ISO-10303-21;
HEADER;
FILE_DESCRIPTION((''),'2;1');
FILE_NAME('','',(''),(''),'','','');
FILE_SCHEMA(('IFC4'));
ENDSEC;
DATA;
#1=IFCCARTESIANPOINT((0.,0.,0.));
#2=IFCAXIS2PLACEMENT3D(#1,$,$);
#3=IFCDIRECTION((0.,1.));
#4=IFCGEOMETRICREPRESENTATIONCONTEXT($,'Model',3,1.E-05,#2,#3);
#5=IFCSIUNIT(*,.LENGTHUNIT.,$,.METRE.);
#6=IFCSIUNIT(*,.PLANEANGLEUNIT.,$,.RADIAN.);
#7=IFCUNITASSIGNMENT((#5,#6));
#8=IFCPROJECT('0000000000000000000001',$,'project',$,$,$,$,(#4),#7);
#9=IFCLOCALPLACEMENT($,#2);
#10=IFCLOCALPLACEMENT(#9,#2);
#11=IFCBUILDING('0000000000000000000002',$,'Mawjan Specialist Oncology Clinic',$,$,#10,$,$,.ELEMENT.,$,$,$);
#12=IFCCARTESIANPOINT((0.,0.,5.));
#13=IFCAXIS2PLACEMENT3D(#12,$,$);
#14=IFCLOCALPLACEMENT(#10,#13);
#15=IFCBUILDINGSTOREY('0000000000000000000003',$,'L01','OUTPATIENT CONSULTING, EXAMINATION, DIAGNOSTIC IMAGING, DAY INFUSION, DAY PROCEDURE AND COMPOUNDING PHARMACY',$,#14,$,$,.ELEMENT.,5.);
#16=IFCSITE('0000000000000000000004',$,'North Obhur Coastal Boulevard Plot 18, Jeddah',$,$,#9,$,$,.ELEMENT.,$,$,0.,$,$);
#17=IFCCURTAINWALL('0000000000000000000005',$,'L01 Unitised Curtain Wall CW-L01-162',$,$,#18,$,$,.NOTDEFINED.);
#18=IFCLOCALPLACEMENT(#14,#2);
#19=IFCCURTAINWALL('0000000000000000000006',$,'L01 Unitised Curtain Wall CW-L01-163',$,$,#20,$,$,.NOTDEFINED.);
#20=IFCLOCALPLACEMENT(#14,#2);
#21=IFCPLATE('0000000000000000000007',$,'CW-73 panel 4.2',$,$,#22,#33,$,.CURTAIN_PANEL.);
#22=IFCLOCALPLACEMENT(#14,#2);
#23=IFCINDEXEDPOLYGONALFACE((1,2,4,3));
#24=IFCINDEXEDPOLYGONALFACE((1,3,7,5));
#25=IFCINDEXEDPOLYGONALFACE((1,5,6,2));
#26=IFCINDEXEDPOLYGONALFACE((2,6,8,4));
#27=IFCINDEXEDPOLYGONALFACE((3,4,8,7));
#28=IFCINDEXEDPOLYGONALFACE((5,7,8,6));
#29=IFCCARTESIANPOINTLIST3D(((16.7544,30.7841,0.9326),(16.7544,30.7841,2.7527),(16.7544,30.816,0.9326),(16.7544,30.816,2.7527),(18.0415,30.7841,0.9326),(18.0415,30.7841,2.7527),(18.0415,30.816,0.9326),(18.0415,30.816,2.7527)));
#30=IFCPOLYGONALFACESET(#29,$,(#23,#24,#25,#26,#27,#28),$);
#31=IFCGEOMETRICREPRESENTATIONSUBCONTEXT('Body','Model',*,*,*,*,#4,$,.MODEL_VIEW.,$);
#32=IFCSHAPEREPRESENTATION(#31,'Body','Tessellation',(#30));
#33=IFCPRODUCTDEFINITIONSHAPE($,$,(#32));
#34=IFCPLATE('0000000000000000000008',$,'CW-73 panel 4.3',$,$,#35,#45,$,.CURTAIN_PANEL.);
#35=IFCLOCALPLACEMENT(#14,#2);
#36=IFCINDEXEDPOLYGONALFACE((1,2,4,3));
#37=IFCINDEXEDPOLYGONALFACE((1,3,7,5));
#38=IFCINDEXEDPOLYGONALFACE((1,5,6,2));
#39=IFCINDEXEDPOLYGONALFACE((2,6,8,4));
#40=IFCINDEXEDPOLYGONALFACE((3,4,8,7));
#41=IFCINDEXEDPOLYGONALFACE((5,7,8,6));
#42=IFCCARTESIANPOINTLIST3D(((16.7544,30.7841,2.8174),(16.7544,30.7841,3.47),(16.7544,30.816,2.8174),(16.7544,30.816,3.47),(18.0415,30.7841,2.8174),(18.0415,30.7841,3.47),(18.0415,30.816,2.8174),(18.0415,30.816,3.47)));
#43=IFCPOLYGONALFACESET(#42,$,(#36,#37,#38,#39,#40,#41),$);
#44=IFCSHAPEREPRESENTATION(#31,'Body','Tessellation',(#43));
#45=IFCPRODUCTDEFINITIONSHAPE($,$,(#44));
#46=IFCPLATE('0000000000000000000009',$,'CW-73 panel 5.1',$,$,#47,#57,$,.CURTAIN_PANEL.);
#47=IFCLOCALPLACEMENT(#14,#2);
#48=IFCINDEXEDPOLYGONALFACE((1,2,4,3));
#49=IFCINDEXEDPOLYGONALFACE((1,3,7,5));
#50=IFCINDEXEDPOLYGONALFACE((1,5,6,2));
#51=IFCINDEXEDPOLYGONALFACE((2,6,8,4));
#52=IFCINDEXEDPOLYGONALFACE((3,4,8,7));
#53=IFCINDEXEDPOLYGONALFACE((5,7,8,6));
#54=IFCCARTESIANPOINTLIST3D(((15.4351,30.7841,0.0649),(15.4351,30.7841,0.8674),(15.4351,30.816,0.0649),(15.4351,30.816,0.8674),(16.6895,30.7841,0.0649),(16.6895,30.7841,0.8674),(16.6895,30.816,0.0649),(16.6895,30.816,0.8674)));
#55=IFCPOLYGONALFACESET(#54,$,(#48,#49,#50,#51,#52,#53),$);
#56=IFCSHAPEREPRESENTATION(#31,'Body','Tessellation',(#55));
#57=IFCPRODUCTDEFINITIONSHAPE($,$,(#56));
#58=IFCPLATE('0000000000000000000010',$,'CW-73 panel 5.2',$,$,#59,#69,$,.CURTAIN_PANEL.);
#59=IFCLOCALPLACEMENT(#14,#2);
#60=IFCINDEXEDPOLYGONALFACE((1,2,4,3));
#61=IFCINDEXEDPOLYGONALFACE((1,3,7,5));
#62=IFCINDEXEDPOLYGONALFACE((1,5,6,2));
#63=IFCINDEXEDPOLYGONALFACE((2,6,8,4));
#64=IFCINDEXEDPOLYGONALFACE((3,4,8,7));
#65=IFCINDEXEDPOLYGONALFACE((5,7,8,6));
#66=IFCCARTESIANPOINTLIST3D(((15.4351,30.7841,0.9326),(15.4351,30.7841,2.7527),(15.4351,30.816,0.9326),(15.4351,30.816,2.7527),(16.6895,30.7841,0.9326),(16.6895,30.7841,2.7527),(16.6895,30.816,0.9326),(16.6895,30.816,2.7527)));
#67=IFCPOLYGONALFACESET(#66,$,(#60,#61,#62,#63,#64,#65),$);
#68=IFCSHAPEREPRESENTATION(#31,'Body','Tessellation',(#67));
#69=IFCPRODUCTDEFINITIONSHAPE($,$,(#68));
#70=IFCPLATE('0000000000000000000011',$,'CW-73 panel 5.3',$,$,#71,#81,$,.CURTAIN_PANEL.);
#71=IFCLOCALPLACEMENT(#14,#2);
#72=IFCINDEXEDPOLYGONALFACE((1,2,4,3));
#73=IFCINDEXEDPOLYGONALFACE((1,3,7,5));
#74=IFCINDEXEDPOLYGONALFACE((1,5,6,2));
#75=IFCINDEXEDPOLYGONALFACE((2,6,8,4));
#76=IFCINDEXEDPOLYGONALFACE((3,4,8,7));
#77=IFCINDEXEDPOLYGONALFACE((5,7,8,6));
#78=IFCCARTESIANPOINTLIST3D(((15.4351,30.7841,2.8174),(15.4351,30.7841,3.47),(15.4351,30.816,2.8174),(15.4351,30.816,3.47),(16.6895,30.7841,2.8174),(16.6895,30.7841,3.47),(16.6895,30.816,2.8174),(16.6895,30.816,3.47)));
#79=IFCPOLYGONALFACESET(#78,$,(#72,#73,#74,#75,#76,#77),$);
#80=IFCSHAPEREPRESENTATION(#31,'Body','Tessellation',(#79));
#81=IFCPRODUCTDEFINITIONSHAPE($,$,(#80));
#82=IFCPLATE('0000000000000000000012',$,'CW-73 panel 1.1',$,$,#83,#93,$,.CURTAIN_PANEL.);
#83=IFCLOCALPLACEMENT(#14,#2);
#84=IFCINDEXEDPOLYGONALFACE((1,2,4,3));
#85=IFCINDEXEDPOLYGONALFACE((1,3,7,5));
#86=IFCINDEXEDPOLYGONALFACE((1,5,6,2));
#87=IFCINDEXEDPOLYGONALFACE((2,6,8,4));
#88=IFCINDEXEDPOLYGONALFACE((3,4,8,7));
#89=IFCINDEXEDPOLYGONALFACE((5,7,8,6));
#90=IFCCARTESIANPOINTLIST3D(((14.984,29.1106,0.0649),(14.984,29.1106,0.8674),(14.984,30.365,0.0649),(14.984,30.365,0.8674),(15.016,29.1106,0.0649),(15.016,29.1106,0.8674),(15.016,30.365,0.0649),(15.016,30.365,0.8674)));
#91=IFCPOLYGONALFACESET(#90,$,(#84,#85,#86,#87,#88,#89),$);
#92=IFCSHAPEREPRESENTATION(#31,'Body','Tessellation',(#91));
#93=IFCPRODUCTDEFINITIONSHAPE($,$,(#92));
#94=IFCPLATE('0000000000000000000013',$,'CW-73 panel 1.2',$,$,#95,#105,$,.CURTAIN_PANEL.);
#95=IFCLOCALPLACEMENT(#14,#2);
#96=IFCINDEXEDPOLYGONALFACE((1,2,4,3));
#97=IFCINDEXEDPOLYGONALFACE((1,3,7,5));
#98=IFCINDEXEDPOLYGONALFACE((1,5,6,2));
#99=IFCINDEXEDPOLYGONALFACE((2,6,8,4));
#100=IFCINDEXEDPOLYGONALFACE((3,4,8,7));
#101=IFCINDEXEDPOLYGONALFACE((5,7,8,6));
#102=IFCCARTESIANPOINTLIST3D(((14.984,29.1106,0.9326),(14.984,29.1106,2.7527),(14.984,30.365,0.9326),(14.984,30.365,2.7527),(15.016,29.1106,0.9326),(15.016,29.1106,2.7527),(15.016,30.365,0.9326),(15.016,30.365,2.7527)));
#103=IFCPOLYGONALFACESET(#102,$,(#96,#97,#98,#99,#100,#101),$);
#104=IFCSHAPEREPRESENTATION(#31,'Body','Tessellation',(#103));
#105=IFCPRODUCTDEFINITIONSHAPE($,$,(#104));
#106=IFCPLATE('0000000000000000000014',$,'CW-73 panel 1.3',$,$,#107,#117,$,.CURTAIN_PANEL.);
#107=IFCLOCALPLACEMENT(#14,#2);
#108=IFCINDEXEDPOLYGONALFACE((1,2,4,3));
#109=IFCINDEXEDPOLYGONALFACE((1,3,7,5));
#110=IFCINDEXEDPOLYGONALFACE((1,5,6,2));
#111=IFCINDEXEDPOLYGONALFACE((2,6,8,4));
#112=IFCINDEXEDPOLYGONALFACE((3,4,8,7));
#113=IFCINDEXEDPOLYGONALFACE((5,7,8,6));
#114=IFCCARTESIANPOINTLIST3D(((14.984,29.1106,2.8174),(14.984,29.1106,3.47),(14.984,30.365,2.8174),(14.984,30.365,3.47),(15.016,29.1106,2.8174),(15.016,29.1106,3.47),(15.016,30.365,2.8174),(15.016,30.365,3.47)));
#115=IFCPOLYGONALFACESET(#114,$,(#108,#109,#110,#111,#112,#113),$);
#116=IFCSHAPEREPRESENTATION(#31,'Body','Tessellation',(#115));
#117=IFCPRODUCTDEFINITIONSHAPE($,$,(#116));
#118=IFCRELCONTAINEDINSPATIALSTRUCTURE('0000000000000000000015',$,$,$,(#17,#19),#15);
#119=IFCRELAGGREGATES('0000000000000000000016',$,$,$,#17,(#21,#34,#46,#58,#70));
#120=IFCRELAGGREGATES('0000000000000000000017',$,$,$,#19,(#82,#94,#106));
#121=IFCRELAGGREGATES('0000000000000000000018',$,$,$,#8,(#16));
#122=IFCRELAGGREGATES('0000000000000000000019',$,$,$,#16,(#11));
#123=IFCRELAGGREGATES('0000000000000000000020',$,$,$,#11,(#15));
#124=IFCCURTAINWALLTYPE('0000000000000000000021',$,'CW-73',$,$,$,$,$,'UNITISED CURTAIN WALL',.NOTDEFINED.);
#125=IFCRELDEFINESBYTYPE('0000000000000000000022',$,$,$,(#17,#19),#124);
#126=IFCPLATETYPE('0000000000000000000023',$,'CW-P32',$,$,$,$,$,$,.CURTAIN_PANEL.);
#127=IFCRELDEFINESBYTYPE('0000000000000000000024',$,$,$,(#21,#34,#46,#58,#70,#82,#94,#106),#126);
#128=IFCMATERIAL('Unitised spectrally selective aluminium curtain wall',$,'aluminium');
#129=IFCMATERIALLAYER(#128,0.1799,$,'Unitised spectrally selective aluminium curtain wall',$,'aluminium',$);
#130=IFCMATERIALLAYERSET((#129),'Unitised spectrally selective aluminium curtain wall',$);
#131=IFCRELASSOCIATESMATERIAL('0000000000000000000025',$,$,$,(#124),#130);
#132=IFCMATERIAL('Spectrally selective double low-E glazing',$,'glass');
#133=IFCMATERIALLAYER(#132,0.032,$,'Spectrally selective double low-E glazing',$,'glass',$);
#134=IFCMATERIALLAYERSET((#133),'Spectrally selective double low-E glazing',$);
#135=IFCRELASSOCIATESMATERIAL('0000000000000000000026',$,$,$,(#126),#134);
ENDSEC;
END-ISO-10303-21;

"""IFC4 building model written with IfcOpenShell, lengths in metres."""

from ifc_helpers import new_model, si_unit, direction, frame, origin, origin_2d, place, context, subcontext, project, spatial, rectangle, extrude, material, layer, layer_set, type_object, element, aggregate, save


model = new_model("IFC4")

# Units and contexts
model_context = context("Model", 3, precision=1e-05, world=origin(), true_north=direction((0.0, 1.0)))
body_context = subcontext(model_context, "Body", "Model", "MODEL_VIEW")
ifc_project = project(units=[si_unit("LENGTHUNIT", "METRE"), si_unit("PLANEANGLEUNIT", "RADIAN")], contexts=[model_context])

# Site, building, storey
site_placement = place(None, origin())
site = spatial("IfcSite", under=ifc_project, at=site_placement, Name="North Obhur Coastal Boulevard Plot 18, Jeddah", CompositionType="ELEMENT", RefElevation=0.0)
building_placement = place(site_placement, origin())
building = spatial("IfcBuilding", under=site, at=building_placement, Name="Mawjan Specialist Oncology Clinic", CompositionType="ELEMENT")
storey_placement = place(building_placement, frame((0.0, 0.0, 5.0)))
storey = spatial("IfcBuildingStorey", under=building, at=storey_placement, Name="L01", Description="OUTPATIENT CONSULTING, EXAMINATION, DIAGNOSTIC IMAGING, DAY INFUSION, DAY PROCEDURE AND COMPOUNDING PHARMACY", CompositionType="ELEMENT", Elevation=5.0)

# Curtain wall
ifc_material_1 = material(Name="Unitised spectrally selective aluminium curtain wall", Category="aluminium")
ifc_layer_1 = layer(ifc_material_1, 0.1799, Name="Unitised spectrally selective aluminium curtain wall", Category="aluminium")
ifc_layer_set_1 = layer_set([ifc_layer_1], Name="Unitised spectrally selective aluminium curtain wall")
curtain_wall_type = type_object("IfcCurtainWallType", Name="CW-73", ElementType="UNITISED CURTAIN WALL", PredefinedType="NOTDEFINED", material=ifc_layer_set_1)
curtain_wall_1_placement = place(storey_placement, origin())
curtain_wall_1 = element("IfcCurtainWall", 1, at=curtain_wall_1_placement, inside=storey, type_object=curtain_wall_type, Name="L01 Unitised Curtain Wall CW-L01-162", PredefinedType="NOTDEFINED")

# Curtain wall
curtain_wall_2_placement = place(storey_placement, origin())
curtain_wall_2 = element("IfcCurtainWall", 2, at=curtain_wall_2_placement, inside=storey, type_object=curtain_wall_type, Name="L01 Unitised Curtain Wall CW-L01-163", PredefinedType="NOTDEFINED")

# Plates
ifc_material_2 = material(Name="Spectrally selective double low-E glazing", Category="glass")
ifc_layer_2 = layer(ifc_material_2, 0.032, Name="Spectrally selective double low-E glazing", Category="glass")
ifc_layer_set_2 = layer_set([ifc_layer_2], Name="Spectrally selective double low-E glazing")
plate_type = type_object("IfcPlateType", Name="CW-P32", PredefinedType="CURTAIN_PANEL", material=ifc_layer_set_2)
plate_1_placement = place(storey_placement, frame((17.3979, 30.8, 0.9326), z_axis=(0.0, 0.0, 1.0), x_axis=(-1.0, 0.0, 0.0)))
plate_1 = element("IfcPlate", 3, at=plate_1_placement, type_object=plate_type, Name="CW-73 panel 4.2", PredefinedType="CURTAIN_PANEL", context=body_context, shape_type="SweptSolid", body=[
    extrude(rectangle(XDim=1.2871, YDim=0.032, at=origin_2d()), origin(), (0.0, 0.0, 1.0), 1.8201),
])
plate_2_placement = place(storey_placement, frame((17.3979, 30.8, 2.8174), z_axis=(0.0, 0.0, 1.0), x_axis=(-1.0, 0.0, 0.0)))
plate_2 = element("IfcPlate", 4, at=plate_2_placement, type_object=plate_type, Name="CW-73 panel 4.3", PredefinedType="CURTAIN_PANEL", context=body_context, shape_type="SweptSolid", body=[
    extrude(rectangle(XDim=1.2871, YDim=0.032, at=origin_2d()), origin(), (0.0, 0.0, 1.0), 0.6526),
])
plate_3_placement = place(storey_placement, frame((16.0623, 30.8, 0.0649), z_axis=(0.0, 0.0, 1.0), x_axis=(-1.0, 0.0, 0.0)))
plate_3 = element("IfcPlate", 5, at=plate_3_placement, type_object=plate_type, Name="CW-73 panel 5.1", PredefinedType="CURTAIN_PANEL", context=body_context, shape_type="SweptSolid", body=[
    extrude(rectangle(XDim=1.2544, YDim=0.032, at=origin_2d()), origin(), (0.0, 0.0, 1.0), 0.8025),
])
plate_4_placement = place(storey_placement, frame((16.0623, 30.8, 0.9326), z_axis=(0.0, 0.0, 1.0), x_axis=(-1.0, 0.0, 0.0)))
plate_4 = element("IfcPlate", 6, at=plate_4_placement, type_object=plate_type, Name="CW-73 panel 5.2", PredefinedType="CURTAIN_PANEL", context=body_context, shape_type="SweptSolid", body=[
    extrude(rectangle(XDim=1.2544, YDim=0.032, at=origin_2d()), origin(), (0.0, 0.0, 1.0), 1.8201),
])
plate_5_placement = place(storey_placement, frame((16.0623, 30.8, 2.8174), z_axis=(0.0, 0.0, 1.0), x_axis=(-1.0, 0.0, 0.0)))
plate_5 = element("IfcPlate", 7, at=plate_5_placement, type_object=plate_type, Name="CW-73 panel 5.3", PredefinedType="CURTAIN_PANEL", context=body_context, shape_type="SweptSolid", body=[
    extrude(rectangle(XDim=1.2544, YDim=0.032, at=origin_2d()), origin(), (0.0, 0.0, 1.0), 0.6526),
])
aggregate(curtain_wall_1, [plate_1, plate_2, plate_3, plate_4, plate_5])
plate_6_placement = place(storey_placement, frame((15.0, 29.7378, 0.0649), z_axis=(0.0, 0.0, 1.0), x_axis=(0.0, -1.0, 0.0)))
plate_6 = element("IfcPlate", 8, at=plate_6_placement, type_object=plate_type, Name="CW-73 panel 1.1", PredefinedType="CURTAIN_PANEL", context=body_context, shape_type="SweptSolid", body=[
    extrude(rectangle(XDim=1.2544, YDim=0.032, at=origin_2d()), origin(), (0.0, 0.0, 1.0), 0.8025),
])
plate_7_placement = place(storey_placement, frame((15.0, 29.7378, 0.9326), z_axis=(0.0, 0.0, 1.0), x_axis=(0.0, -1.0, 0.0)))
plate_7 = element("IfcPlate", 9, at=plate_7_placement, type_object=plate_type, Name="CW-73 panel 1.2", PredefinedType="CURTAIN_PANEL", context=body_context, shape_type="SweptSolid", body=[
    extrude(rectangle(XDim=1.2544, YDim=0.032, at=origin_2d()), origin(), (0.0, 0.0, 1.0), 1.8201),
])
plate_8_placement = place(storey_placement, frame((15.0, 29.7378, 2.8174), z_axis=(0.0, 0.0, 1.0), x_axis=(0.0, -1.0, 0.0)))
plate_8 = element("IfcPlate", 10, at=plate_8_placement, type_object=plate_type, Name="CW-73 panel 1.3", PredefinedType="CURTAIN_PANEL", context=body_context, shape_type="SweptSolid", body=[
    extrude(rectangle(XDim=1.2544, YDim=0.032, at=origin_2d()), origin(), (0.0, 0.0, 1.0), 0.6526),
])
aggregate(curtain_wall_2, [plate_6, plate_7, plate_8])

save(model, "model.ifc")
